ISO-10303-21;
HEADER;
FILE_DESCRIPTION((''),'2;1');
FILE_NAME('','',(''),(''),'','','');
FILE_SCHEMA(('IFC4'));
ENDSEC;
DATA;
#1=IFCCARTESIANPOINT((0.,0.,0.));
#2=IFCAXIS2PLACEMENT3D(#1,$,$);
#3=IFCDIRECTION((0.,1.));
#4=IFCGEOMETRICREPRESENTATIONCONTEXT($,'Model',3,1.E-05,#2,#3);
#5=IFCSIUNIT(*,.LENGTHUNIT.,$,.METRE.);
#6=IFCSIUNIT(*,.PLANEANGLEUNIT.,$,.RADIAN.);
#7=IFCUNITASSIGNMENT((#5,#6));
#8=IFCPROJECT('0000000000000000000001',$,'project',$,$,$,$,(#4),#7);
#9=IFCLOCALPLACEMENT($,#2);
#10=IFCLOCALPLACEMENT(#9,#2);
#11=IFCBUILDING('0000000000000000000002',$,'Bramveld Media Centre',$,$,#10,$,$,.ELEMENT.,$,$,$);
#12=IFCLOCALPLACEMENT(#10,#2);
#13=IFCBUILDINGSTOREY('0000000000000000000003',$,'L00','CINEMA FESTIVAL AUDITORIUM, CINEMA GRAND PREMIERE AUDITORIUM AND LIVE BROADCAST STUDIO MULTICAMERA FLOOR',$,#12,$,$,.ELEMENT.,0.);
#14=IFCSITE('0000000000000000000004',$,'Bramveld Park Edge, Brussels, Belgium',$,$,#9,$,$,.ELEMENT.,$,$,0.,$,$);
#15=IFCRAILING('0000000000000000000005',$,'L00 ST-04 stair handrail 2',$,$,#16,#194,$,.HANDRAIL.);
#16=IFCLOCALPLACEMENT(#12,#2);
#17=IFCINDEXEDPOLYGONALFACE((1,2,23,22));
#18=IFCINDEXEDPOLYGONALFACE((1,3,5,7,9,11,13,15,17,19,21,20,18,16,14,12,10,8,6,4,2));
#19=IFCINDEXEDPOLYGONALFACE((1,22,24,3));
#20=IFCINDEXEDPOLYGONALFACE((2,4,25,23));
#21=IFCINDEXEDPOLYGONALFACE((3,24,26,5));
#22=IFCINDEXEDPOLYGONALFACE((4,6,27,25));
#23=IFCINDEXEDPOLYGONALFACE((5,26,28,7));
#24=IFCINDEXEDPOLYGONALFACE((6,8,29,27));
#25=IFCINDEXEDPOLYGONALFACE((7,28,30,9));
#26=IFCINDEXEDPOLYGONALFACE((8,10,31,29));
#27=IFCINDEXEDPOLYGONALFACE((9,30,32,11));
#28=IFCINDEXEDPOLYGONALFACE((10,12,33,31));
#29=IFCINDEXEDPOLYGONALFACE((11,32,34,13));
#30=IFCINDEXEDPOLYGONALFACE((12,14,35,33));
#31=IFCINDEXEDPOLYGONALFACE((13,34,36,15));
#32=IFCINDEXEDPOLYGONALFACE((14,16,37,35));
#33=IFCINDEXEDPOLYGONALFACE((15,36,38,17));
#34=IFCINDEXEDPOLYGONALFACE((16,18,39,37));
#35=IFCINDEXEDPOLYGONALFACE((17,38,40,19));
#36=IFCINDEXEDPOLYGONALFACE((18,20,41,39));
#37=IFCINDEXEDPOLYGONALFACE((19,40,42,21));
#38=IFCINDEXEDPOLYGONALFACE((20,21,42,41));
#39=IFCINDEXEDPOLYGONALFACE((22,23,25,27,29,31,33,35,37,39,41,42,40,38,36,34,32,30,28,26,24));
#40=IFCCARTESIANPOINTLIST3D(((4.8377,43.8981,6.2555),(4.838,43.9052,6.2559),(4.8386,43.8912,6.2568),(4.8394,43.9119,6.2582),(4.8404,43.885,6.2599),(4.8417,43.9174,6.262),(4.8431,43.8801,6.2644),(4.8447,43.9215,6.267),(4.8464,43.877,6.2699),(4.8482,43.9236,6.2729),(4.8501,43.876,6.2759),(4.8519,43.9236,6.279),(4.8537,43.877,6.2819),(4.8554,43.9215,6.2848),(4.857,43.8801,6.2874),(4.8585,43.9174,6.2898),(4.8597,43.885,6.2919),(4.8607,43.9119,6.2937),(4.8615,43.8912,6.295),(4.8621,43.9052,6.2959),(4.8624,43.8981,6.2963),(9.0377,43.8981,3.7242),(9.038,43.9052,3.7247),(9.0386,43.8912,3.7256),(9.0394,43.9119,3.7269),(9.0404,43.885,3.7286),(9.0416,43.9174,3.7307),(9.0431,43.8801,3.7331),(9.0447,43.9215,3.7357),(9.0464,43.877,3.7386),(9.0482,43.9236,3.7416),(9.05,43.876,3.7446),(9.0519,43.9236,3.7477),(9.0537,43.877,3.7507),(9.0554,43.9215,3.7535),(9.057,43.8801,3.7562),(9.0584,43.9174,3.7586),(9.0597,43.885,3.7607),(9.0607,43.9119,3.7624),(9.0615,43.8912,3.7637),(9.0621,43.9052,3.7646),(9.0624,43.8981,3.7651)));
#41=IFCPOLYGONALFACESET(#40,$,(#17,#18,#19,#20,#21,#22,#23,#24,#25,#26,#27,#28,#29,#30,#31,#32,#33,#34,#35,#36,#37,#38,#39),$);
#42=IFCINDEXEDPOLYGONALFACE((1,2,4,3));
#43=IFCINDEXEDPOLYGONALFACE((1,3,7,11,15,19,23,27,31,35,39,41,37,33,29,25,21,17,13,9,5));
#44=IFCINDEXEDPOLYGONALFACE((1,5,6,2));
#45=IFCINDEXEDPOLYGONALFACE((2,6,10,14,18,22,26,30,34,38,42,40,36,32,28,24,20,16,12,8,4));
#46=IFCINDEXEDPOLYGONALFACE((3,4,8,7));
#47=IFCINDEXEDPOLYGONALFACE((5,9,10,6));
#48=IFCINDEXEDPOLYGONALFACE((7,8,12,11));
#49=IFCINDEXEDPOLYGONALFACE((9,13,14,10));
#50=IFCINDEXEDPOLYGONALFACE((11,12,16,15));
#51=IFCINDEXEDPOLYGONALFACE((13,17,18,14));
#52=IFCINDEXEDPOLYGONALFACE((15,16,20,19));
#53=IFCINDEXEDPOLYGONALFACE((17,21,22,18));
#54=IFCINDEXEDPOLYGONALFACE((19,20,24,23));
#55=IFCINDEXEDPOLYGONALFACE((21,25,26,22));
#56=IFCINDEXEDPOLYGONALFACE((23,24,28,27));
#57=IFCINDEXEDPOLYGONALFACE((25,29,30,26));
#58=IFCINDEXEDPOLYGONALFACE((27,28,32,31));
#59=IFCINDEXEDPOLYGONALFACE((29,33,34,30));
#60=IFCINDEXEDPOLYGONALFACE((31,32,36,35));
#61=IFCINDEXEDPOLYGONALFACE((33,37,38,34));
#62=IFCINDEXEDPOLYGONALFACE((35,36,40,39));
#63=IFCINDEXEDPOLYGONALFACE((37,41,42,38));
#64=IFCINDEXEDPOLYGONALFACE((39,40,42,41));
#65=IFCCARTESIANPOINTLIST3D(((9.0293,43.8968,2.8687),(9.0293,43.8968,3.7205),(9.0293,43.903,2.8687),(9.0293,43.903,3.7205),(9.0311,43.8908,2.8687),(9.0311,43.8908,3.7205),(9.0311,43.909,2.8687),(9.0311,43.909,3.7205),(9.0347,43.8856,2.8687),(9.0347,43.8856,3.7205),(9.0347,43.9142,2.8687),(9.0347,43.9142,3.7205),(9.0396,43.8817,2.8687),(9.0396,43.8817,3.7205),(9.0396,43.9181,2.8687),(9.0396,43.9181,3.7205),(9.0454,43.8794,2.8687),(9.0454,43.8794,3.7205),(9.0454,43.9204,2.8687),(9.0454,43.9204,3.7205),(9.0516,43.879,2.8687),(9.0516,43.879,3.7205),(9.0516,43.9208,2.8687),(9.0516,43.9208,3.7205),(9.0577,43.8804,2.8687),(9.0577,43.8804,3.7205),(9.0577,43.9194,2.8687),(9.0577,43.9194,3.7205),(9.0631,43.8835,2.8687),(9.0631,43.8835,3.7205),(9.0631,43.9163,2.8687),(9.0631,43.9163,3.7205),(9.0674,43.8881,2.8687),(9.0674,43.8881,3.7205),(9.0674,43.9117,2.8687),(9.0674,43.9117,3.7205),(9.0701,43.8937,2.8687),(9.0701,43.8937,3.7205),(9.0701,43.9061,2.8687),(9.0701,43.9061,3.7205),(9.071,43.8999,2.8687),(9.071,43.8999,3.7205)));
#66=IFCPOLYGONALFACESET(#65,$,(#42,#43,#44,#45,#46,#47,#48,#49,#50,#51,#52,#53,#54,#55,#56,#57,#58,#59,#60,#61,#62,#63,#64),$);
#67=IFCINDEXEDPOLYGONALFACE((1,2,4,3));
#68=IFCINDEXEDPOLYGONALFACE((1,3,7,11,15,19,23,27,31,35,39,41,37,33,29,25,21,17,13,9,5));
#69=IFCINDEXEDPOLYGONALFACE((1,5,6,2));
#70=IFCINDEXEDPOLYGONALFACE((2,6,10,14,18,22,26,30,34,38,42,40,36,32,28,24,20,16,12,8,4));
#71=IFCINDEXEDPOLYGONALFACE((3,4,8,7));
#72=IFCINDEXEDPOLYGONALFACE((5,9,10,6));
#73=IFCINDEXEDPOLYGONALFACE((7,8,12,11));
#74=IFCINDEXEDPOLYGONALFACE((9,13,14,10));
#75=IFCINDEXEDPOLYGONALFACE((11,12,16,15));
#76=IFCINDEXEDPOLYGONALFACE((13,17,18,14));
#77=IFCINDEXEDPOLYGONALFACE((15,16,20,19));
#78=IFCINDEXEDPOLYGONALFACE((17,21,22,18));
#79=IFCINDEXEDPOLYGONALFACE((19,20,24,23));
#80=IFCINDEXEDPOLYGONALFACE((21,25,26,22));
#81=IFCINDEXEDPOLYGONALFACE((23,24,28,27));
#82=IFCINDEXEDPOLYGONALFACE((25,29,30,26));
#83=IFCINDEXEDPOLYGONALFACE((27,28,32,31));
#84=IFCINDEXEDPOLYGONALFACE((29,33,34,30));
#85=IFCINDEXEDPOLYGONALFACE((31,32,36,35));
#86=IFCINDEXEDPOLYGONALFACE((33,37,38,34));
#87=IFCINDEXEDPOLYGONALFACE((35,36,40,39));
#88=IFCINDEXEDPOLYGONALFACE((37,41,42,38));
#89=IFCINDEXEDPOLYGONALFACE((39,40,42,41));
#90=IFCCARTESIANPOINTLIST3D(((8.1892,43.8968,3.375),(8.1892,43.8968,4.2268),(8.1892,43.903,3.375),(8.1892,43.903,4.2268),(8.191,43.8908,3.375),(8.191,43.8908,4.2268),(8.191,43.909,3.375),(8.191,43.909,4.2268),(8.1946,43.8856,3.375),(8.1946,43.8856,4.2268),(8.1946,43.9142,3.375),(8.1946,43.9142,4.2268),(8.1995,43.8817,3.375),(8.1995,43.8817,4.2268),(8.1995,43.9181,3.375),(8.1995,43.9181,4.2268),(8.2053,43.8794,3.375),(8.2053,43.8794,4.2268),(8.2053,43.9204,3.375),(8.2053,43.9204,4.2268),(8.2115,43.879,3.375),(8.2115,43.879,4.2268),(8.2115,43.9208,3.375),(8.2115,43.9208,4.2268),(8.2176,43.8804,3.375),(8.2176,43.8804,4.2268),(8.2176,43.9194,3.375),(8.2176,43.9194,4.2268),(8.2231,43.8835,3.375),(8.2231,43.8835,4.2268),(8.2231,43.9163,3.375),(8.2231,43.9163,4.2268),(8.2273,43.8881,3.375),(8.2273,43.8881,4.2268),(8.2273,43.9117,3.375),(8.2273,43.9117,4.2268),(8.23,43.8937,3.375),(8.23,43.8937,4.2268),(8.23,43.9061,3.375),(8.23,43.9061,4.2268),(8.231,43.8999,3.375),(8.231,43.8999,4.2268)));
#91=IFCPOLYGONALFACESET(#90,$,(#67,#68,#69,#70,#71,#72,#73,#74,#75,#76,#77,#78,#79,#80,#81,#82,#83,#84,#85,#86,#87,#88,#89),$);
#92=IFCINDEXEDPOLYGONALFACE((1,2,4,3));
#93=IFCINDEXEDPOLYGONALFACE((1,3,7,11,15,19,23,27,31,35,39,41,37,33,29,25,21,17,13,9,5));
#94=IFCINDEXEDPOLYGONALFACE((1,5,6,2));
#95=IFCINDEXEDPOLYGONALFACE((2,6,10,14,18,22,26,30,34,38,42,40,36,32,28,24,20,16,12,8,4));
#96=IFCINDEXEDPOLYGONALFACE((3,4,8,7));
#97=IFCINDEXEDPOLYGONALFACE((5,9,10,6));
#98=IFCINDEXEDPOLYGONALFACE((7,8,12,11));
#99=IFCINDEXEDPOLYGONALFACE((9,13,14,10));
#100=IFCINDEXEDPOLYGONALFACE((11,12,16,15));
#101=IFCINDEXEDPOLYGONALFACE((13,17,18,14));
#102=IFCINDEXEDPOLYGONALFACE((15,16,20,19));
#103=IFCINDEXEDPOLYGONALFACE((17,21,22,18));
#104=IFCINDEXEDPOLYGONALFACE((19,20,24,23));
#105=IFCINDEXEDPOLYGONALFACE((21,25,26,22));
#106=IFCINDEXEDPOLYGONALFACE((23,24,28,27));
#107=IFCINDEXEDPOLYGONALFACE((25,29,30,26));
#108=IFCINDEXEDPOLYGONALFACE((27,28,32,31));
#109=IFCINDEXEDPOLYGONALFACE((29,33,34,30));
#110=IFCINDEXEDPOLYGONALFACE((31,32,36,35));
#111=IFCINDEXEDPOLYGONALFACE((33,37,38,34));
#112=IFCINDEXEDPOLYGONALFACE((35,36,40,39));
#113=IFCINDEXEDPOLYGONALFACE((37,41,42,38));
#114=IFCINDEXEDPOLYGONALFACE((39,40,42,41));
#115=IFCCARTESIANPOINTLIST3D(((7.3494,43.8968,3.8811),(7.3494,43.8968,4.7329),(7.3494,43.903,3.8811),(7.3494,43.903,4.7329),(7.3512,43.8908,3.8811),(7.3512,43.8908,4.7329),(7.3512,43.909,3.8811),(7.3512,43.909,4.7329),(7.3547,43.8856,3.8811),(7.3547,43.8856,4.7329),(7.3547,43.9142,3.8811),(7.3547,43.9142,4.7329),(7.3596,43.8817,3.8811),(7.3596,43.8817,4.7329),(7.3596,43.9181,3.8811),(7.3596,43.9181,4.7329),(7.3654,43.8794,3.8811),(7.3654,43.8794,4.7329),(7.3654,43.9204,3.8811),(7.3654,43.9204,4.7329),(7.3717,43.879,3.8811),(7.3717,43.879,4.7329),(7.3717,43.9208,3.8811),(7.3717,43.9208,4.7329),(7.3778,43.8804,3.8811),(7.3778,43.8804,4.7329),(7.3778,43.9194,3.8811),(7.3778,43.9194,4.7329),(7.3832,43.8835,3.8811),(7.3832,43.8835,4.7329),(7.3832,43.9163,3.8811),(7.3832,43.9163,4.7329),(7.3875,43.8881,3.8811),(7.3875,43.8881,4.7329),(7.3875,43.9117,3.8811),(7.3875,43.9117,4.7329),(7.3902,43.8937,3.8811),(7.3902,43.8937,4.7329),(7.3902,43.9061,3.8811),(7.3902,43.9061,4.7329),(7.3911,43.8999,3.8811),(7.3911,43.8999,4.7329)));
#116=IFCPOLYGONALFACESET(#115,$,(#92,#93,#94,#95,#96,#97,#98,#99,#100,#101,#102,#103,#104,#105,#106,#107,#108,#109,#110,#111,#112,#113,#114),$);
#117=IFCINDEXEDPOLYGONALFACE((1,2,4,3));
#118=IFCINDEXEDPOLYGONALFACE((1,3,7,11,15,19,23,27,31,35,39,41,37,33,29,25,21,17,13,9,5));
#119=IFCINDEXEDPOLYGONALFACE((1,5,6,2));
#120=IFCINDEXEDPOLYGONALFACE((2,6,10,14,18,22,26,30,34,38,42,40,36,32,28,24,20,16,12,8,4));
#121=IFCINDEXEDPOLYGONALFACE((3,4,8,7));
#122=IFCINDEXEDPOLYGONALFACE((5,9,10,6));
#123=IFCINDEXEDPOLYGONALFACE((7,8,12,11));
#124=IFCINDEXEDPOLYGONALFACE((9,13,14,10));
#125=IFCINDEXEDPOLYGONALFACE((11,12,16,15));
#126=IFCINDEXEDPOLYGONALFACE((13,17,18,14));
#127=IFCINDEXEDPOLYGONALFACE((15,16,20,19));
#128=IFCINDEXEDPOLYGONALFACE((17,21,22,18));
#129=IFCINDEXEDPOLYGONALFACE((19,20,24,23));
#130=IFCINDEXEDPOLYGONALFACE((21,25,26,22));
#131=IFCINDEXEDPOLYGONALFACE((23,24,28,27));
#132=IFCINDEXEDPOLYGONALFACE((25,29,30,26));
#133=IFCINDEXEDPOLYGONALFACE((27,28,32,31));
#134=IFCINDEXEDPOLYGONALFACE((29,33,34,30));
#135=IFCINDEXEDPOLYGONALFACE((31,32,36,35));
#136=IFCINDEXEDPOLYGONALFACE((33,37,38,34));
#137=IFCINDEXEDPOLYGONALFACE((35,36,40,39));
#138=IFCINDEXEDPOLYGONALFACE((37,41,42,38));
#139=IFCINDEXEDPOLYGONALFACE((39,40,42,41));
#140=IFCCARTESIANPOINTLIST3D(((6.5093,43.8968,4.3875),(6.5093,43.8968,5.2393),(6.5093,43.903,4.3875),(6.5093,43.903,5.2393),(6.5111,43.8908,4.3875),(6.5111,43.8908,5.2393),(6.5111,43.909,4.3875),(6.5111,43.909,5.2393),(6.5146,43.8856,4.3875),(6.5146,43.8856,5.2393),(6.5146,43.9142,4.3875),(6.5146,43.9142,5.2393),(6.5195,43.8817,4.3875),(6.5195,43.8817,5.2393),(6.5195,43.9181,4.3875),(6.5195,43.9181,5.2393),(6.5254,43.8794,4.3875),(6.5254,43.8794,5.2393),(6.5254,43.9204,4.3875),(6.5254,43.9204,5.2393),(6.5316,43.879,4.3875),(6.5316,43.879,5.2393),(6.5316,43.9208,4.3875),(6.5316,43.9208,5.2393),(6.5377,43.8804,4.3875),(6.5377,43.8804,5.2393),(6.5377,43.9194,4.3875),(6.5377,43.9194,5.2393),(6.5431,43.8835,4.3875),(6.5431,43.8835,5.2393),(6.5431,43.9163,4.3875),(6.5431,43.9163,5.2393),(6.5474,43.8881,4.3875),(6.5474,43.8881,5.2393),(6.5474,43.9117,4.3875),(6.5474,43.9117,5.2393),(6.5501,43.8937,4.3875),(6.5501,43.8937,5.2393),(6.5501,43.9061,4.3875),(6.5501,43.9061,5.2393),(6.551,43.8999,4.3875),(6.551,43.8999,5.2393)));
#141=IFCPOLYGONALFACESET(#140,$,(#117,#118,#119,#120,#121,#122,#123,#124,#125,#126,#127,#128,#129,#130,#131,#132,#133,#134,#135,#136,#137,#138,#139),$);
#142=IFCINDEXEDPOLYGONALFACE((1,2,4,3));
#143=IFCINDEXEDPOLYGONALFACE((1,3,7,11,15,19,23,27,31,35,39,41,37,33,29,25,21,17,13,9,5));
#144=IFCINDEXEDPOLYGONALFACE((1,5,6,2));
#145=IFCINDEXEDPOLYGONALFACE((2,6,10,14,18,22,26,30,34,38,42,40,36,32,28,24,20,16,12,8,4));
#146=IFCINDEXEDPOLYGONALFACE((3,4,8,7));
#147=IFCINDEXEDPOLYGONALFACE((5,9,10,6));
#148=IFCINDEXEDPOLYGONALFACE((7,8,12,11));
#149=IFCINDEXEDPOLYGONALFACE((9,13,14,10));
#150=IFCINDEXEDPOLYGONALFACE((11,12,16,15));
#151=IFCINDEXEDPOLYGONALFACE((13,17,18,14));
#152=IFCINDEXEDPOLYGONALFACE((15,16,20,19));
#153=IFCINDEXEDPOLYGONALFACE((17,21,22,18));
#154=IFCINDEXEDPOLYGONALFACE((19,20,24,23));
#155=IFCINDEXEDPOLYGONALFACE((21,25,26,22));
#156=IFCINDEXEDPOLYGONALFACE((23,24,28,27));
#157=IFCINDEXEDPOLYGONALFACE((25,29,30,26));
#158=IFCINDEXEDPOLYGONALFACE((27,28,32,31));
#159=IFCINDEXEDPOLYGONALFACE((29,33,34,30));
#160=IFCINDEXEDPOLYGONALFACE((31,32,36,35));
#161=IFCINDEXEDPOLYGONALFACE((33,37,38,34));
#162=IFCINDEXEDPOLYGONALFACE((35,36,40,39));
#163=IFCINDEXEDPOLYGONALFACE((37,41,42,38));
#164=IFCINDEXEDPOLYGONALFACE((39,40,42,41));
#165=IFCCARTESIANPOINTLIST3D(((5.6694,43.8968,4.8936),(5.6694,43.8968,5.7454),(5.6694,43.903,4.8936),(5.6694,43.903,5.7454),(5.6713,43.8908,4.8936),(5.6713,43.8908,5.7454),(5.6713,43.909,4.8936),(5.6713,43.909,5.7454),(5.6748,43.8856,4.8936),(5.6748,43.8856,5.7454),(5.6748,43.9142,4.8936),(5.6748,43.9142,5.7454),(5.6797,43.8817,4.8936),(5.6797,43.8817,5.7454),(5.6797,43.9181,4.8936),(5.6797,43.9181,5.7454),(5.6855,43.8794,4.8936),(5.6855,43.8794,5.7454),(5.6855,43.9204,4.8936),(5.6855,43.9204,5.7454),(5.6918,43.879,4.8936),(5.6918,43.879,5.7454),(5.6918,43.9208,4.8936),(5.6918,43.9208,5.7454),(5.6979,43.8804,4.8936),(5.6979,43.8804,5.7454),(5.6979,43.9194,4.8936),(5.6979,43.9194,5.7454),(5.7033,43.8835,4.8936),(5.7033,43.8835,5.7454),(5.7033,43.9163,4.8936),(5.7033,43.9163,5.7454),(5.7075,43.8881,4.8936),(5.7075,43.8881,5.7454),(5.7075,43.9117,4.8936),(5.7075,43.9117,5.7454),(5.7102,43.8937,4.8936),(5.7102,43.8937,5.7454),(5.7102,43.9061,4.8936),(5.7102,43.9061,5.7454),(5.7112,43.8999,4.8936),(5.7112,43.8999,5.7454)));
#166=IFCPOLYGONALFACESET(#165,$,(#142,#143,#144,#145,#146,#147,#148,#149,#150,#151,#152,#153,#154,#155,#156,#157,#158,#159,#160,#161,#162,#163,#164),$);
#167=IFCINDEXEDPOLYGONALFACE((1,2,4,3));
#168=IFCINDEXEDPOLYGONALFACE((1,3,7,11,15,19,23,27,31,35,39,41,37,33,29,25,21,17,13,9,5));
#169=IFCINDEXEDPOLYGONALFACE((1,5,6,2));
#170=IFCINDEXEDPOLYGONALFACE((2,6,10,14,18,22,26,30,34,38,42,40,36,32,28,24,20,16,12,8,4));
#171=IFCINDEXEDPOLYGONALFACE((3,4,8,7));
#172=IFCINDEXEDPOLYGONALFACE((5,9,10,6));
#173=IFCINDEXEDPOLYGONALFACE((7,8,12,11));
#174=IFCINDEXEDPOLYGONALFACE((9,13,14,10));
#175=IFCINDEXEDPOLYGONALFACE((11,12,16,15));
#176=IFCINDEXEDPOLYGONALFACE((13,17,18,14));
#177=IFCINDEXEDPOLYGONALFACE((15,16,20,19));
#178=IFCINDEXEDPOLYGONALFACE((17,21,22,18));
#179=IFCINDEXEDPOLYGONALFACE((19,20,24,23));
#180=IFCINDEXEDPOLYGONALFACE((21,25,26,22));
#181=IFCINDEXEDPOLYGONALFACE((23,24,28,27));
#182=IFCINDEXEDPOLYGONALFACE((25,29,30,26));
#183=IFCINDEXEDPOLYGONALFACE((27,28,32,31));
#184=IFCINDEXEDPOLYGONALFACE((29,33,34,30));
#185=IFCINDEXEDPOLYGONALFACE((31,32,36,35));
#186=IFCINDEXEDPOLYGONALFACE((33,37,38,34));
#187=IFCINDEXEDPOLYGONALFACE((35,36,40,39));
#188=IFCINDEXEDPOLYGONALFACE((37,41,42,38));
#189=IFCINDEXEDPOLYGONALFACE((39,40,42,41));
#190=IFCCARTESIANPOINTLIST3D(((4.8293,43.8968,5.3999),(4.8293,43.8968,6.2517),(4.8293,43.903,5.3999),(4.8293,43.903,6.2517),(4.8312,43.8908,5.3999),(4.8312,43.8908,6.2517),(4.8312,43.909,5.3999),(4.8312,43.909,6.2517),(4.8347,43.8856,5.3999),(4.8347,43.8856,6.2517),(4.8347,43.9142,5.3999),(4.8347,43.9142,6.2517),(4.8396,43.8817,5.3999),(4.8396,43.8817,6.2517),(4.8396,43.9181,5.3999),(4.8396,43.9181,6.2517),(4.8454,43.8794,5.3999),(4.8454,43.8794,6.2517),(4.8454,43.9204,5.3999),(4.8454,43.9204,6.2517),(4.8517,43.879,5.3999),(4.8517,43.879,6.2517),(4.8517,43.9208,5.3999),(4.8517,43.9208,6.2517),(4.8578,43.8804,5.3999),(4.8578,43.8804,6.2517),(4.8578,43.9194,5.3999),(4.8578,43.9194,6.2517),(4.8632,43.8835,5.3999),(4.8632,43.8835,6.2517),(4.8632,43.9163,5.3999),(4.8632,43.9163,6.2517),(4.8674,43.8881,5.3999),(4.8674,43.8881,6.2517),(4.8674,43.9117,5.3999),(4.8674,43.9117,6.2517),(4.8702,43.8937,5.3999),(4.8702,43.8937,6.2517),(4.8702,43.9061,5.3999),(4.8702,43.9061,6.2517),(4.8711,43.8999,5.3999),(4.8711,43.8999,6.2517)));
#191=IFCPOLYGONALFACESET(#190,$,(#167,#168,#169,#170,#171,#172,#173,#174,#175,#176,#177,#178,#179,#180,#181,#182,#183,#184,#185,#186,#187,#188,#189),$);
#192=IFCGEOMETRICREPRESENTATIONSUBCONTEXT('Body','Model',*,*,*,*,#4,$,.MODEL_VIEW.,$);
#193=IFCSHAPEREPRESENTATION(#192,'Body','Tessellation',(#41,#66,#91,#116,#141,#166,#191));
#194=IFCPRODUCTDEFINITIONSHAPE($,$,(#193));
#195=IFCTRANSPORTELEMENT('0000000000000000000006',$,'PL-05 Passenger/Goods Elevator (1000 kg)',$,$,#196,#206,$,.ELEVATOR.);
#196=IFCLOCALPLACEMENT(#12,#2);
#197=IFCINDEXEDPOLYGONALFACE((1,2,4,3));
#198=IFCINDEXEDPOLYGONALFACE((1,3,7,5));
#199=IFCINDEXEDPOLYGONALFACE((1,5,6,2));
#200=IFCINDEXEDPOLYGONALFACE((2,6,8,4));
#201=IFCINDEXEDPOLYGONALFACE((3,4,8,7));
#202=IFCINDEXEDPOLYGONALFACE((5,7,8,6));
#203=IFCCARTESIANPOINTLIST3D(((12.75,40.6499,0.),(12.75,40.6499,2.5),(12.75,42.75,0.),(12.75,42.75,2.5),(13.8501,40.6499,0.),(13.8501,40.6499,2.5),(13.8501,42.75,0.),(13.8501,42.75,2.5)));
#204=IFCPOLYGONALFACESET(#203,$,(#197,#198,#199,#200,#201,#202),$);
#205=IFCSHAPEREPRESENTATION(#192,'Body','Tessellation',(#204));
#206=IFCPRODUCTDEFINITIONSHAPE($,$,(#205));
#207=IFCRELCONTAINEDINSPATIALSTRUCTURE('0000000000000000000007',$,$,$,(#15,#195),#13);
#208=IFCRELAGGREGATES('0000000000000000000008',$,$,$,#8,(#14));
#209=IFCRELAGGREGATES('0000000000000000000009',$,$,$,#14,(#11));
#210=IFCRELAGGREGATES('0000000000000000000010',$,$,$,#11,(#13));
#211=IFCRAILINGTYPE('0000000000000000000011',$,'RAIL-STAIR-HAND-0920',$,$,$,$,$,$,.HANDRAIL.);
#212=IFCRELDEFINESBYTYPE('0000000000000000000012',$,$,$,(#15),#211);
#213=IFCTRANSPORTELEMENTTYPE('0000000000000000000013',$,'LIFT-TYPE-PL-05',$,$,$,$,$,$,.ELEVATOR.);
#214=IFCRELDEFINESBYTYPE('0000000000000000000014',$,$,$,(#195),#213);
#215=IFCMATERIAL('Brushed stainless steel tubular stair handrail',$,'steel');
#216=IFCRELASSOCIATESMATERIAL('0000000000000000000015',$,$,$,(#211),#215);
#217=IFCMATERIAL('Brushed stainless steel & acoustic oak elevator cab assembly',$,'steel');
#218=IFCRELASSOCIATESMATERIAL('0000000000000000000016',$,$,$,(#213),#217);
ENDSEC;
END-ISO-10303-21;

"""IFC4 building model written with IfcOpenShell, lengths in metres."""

from ifc_helpers import new_model, si_unit, direction, frame, origin, origin_2d, place, context, subcontext, project, spatial, rectangle, circle, extrude, material, type_object, element, save


model = new_model("IFC4")

# Units and contexts
model_context = context("Model", 3, precision=1e-05, world=origin(), true_north=direction((0.0, 1.0)))
body_context = subcontext(model_context, "Body", "Model", "MODEL_VIEW")
ifc_project = project(units=[si_unit("LENGTHUNIT", "METRE"), si_unit("PLANEANGLEUNIT", "RADIAN")], contexts=[model_context])

# Site, building, storey
site_placement = place(None, origin())
site = spatial("IfcSite", under=ifc_project, at=site_placement, Name="Bramveld Park Edge, Brussels, Belgium", CompositionType="ELEMENT", RefElevation=0.0)
building_placement = place(site_placement, origin())
building = spatial("IfcBuilding", under=site, at=building_placement, Name="Bramveld Media Centre", CompositionType="ELEMENT")
storey_placement = place(building_placement, origin())
storey = spatial("IfcBuildingStorey", under=building, at=storey_placement, Name="L00", Description="CINEMA FESTIVAL AUDITORIUM, CINEMA GRAND PREMIERE AUDITORIUM AND LIVE BROADCAST STUDIO MULTICAMERA FLOOR", CompositionType="ELEMENT", Elevation=0.0)

# Railing
ifc_material_1 = material(Name="Brushed stainless steel tubular stair handrail", Category="steel")
railing_type_1 = type_object("IfcRailingType", Name="RAIL-STAIR-HAND-0920", PredefinedType="HANDRAIL", material=ifc_material_1)
railing_1_placement = place(storey_placement, frame((9.05, 43.8999, 2.8687)))
element("IfcRailing", 1, at=railing_1_placement, inside=storey, type_object=railing_type_1, Name="L00 ST-04 stair handrail 2", PredefinedType="HANDRAIL", context=body_context, shape_type="SweptSolid", body=[
    extrude(circle(Radius=0.0239, at=origin_2d()), frame((0.0, 0.0, 0.876), z_axis=(-0.856476, 0.0, 0.516186), x_axis=(0.0, -1.0, 0.0)), (0.0, 0.0, 1.0), 4.9038),
    extrude(circle(Radius=0.021, at=origin_2d()), origin(), (0.0, 0.0, 1.0), 0.8518),
    extrude(circle(Radius=0.021, at=origin_2d()), frame((-0.8401, 0.0, 0.5063)), (0.0, 0.0, 1.0), 0.8518),
    extrude(circle(Radius=0.021, at=origin_2d()), frame((-1.6799, 0.0, 1.0125)), (0.0, 0.0, 1.0), 0.8518),
    extrude(circle(Radius=0.021, at=origin_2d()), frame((-2.52, 0.0, 1.5188)), (0.0, 0.0, 1.0), 0.8518),
    extrude(circle(Radius=0.021, at=origin_2d()), frame((-3.3599, 0.0, 2.0249)), (0.0, 0.0, 1.0), 0.8518),
    extrude(circle(Radius=0.021, at=origin_2d()), frame((-4.2, 0.0, 2.5312)), (0.0, 0.0, 1.0), 0.8518),
])

# Transport element
ifc_material_2 = material(Name="Brushed stainless steel & acoustic oak elevator cab assembly", Category="steel")
transport_element_type = type_object("IfcTransportElementType", Name="LIFT-TYPE-PL-05", PredefinedType="ELEVATOR", material=ifc_material_2)
transport_element_placement = place(storey_placement, frame((13.3, 41.7, 0.0), z_axis=(0.0, 0.0, 1.0), x_axis=(1.0, 0.0, 0.0)))
element("IfcTransportElement", 2, at=transport_element_placement, inside=storey, type_object=transport_element_type, Name="PL-05 Passenger/Goods Elevator (1000 kg)", PredefinedType="ELEVATOR", context=body_context, shape_type="SweptSolid", body=[
    extrude(rectangle(XDim=1.1001, YDim=2.1001, at=origin_2d()), origin(), (0.0, 0.0, 1.0), 2.5),
])

save(model, "model.ifc")
